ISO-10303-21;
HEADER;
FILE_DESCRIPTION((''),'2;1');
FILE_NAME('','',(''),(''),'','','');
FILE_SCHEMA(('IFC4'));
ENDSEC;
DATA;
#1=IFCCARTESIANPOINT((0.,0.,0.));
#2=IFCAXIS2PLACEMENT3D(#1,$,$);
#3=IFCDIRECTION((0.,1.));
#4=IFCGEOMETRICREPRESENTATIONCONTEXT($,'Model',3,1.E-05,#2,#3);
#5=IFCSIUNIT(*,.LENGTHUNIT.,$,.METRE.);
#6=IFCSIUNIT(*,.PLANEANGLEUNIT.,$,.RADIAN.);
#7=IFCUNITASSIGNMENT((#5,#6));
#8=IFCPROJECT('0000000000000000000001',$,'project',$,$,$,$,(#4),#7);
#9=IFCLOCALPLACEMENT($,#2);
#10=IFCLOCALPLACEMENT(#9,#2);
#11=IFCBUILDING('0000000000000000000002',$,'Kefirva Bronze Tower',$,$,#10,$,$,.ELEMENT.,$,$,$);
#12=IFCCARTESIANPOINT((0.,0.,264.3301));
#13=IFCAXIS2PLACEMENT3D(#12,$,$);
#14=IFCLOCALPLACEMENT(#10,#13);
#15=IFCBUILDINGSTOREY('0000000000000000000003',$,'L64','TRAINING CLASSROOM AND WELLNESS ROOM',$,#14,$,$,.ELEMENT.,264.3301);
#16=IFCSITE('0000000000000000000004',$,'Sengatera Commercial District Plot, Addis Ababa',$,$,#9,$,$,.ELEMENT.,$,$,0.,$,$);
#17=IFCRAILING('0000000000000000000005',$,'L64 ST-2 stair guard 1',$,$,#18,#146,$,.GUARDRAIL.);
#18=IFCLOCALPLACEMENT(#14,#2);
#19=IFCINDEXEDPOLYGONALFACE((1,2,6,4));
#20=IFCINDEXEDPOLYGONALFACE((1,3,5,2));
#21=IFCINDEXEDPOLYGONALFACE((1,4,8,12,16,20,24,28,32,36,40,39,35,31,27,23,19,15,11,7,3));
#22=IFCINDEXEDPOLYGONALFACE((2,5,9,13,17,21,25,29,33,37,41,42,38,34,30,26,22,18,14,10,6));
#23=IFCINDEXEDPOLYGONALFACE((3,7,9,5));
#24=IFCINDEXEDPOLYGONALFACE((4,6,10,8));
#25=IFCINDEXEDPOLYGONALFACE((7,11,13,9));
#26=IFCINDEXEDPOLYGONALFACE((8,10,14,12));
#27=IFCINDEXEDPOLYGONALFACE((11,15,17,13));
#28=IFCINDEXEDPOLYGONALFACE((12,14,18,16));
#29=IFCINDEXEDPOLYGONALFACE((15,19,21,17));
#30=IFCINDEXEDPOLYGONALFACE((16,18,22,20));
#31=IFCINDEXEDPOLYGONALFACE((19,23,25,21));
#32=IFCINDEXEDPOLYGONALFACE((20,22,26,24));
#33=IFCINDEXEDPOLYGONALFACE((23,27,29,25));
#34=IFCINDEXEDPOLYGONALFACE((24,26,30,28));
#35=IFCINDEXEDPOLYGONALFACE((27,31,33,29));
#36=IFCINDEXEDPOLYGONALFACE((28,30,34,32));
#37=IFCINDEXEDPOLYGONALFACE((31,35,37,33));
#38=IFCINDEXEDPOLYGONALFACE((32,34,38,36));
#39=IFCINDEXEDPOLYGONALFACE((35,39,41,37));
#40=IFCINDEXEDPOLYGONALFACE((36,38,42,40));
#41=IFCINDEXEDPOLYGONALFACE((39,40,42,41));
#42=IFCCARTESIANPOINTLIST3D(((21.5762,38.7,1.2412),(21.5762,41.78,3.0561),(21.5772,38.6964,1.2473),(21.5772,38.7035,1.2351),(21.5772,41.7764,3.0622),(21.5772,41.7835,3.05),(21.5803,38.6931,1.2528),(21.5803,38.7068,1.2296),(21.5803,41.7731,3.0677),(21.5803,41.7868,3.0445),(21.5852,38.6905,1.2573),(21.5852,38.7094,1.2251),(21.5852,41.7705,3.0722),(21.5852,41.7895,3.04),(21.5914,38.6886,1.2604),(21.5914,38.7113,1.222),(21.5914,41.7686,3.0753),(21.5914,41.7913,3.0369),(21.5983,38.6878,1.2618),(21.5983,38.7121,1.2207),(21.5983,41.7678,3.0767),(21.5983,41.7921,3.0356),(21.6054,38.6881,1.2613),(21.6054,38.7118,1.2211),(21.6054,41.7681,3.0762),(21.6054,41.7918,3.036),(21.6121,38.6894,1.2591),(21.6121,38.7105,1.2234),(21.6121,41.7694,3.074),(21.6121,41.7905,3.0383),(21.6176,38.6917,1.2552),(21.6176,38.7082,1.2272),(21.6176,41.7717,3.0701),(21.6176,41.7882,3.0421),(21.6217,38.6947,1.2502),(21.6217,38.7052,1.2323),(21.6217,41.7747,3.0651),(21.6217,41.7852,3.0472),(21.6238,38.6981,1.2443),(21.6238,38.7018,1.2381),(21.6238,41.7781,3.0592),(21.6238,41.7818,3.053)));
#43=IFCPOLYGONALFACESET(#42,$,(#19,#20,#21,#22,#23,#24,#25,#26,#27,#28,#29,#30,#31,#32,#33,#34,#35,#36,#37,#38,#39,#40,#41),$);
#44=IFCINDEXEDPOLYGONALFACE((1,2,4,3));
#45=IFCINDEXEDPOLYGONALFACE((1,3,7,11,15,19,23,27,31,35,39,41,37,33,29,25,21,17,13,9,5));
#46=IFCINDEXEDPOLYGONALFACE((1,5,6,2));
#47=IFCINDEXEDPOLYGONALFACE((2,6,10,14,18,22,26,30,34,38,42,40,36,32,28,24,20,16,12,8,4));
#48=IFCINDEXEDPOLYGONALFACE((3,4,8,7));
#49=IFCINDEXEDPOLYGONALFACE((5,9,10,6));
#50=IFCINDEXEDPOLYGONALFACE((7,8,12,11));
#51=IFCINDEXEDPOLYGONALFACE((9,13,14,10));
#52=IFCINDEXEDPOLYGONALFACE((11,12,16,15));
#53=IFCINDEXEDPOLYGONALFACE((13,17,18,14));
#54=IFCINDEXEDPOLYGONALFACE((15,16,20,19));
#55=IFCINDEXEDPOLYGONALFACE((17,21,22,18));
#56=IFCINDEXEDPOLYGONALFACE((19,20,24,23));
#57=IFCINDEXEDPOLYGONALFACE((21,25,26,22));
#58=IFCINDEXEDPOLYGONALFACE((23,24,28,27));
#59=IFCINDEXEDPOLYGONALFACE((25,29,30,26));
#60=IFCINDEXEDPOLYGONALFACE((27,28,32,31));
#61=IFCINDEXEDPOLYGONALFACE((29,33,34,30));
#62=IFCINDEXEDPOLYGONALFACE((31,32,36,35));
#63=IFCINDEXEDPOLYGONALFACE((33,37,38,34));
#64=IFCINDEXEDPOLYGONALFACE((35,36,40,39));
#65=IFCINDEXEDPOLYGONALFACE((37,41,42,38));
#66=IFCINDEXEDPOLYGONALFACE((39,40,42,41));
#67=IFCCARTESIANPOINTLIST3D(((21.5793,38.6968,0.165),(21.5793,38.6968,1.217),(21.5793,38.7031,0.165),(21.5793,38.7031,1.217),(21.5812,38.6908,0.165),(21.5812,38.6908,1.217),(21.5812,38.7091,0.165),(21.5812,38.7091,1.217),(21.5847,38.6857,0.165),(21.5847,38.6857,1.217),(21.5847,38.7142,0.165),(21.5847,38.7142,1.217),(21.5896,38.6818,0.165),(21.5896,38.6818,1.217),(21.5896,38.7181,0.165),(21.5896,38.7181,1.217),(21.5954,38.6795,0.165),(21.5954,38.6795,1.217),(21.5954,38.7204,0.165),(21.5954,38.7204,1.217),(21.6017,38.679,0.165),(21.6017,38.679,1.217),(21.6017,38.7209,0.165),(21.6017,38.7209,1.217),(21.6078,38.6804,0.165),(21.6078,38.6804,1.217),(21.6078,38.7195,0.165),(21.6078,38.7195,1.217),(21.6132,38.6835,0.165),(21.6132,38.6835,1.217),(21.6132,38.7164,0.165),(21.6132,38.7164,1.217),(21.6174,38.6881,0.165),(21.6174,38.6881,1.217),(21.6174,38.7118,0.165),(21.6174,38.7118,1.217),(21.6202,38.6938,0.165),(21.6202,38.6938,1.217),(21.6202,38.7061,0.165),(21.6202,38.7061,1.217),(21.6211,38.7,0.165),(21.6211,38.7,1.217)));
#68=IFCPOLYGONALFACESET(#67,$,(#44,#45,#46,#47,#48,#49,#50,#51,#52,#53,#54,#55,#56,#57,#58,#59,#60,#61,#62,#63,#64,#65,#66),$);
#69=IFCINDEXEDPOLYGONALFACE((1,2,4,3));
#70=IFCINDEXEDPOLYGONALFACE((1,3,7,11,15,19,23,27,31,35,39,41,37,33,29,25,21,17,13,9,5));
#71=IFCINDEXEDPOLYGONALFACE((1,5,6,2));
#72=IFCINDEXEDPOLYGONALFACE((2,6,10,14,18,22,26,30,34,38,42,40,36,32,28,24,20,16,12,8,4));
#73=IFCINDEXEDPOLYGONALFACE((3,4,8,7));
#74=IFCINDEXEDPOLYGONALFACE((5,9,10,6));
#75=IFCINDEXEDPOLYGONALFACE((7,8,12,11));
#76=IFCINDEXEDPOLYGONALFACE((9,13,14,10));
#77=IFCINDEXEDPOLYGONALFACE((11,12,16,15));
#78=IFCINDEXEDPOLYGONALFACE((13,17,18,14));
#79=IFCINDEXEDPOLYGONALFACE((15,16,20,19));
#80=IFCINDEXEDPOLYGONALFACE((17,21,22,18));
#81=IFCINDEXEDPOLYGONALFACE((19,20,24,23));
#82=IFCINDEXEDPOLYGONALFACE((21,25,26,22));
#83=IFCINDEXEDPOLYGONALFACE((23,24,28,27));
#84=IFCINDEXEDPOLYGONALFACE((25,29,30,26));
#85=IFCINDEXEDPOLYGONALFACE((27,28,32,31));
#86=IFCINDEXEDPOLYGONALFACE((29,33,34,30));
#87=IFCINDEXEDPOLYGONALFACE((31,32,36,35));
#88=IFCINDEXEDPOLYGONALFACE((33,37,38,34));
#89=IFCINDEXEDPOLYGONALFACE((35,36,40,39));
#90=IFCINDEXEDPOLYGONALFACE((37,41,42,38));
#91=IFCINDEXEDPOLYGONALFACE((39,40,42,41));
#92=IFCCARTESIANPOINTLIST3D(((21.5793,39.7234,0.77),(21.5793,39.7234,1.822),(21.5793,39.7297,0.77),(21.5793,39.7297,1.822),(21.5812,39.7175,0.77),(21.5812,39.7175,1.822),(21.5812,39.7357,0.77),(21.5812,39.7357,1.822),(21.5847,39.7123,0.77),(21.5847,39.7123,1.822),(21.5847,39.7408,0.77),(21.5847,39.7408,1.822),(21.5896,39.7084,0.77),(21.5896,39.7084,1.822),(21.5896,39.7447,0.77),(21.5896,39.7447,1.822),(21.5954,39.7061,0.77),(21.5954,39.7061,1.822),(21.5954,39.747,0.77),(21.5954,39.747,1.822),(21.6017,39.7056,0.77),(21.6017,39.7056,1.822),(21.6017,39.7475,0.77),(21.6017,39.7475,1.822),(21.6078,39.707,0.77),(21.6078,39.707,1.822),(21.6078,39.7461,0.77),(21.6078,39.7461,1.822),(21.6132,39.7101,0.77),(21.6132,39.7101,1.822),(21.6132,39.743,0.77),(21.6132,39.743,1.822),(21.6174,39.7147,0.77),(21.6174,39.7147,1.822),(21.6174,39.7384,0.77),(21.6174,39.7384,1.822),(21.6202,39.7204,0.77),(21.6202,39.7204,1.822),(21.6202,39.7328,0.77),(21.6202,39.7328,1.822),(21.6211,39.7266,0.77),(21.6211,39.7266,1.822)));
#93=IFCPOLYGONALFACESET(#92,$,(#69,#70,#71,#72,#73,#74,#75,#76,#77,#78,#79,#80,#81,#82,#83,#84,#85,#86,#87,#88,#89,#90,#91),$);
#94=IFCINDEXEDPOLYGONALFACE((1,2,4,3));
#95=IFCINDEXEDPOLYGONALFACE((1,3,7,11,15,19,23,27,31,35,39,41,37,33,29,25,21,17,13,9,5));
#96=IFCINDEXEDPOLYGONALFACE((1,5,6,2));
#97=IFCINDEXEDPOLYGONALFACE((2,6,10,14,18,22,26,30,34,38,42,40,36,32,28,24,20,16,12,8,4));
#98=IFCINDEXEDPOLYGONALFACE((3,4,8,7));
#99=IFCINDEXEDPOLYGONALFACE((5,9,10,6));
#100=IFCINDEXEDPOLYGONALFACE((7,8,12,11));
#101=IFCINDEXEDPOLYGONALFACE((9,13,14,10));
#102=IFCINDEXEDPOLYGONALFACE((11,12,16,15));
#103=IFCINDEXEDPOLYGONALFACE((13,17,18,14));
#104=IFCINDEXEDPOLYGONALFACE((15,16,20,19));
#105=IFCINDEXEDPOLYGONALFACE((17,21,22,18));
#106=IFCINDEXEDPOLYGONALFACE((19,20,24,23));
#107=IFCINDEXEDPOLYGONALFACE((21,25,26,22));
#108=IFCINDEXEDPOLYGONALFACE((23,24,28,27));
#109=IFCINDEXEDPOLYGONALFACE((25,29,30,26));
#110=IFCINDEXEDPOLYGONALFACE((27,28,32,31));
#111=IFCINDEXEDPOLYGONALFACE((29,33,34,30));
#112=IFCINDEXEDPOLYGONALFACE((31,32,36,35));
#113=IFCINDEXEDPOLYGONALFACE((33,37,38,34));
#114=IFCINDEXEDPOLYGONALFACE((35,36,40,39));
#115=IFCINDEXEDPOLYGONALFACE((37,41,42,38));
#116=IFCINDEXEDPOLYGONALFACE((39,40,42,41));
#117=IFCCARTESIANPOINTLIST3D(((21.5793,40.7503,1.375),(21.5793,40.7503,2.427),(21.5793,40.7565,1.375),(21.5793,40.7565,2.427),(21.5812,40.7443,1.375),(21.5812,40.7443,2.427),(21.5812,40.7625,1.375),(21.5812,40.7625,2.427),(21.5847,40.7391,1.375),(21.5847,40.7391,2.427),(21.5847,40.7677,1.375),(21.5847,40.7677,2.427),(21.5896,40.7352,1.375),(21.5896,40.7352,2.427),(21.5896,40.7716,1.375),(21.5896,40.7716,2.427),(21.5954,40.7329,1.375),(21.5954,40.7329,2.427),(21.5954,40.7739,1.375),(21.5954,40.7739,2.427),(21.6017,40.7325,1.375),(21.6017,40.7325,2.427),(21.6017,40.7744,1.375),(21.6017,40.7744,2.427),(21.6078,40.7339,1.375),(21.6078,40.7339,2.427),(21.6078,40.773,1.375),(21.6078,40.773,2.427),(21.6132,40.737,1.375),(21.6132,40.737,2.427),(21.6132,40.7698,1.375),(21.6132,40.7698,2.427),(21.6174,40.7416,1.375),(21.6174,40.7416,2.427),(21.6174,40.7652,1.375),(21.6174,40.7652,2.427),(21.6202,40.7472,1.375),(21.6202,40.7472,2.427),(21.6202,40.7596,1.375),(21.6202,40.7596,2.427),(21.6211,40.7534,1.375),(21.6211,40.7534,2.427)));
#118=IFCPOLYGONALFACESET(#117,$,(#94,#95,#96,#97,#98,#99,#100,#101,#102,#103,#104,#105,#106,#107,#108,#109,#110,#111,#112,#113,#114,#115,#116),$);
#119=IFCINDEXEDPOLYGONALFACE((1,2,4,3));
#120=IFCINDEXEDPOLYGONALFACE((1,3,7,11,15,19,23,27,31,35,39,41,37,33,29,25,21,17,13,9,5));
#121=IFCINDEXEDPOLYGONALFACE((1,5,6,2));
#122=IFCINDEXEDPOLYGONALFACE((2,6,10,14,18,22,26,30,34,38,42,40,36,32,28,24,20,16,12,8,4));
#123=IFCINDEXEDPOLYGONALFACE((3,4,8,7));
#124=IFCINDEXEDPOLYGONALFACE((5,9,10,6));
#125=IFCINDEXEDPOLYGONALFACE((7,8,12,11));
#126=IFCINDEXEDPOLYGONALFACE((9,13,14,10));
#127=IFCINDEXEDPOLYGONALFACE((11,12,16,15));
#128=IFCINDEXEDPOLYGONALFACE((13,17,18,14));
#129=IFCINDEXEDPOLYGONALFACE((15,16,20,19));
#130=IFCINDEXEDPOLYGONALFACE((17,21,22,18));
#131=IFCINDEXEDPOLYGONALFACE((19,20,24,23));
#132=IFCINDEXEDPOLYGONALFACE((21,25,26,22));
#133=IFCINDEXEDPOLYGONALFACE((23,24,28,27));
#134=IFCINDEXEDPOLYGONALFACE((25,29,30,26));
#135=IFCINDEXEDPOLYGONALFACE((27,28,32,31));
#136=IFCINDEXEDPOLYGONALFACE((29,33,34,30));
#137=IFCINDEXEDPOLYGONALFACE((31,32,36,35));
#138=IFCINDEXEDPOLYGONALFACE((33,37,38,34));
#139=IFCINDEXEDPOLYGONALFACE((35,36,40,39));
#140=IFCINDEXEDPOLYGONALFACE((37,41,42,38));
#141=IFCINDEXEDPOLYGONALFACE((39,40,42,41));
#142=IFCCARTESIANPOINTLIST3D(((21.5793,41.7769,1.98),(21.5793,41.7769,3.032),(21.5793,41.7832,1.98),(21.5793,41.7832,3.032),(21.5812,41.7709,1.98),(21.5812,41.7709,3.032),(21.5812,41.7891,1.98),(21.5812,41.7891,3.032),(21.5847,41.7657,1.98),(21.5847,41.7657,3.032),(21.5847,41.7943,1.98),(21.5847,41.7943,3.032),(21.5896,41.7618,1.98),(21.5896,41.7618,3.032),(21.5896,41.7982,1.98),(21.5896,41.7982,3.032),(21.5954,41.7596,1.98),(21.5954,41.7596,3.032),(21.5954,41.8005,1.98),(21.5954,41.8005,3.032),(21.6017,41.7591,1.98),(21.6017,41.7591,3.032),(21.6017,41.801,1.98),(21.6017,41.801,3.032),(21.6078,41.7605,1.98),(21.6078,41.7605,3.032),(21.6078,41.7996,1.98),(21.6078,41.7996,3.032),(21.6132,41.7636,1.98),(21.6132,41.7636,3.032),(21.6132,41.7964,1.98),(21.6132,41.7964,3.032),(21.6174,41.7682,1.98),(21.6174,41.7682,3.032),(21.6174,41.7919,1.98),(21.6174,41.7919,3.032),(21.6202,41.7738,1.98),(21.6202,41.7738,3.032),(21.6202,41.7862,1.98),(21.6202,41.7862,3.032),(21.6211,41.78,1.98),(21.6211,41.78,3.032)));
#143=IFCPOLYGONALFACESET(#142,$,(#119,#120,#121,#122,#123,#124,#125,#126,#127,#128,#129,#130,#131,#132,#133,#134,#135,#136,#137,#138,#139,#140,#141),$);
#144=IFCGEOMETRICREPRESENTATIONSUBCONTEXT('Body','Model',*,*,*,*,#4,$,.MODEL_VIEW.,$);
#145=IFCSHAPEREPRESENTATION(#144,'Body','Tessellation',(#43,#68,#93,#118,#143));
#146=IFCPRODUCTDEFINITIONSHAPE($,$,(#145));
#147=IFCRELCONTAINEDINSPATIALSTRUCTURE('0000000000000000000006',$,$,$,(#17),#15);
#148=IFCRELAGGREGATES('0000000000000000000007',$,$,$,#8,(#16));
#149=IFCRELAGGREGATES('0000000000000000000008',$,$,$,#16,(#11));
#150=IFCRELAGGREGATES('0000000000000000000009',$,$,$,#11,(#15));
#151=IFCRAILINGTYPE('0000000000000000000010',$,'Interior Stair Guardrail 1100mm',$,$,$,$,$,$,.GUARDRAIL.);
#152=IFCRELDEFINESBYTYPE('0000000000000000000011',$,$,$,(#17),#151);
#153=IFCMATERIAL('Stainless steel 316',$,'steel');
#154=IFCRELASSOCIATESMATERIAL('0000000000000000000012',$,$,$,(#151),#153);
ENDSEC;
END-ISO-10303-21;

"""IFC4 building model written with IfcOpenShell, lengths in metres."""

from ifc_helpers import new_model, si_unit, direction, frame, origin, origin_2d, place, context, subcontext, project, spatial, circle, extrude, material, type_object, element, save


model = new_model("IFC4")

# Units and contexts
model_context = context("Model", 3, precision=1e-05, world=origin(), true_north=direction((0.0, 1.0)))
body_context = subcontext(model_context, "Body", "Model", "MODEL_VIEW")
ifc_project = project(units=[si_unit("LENGTHUNIT", "METRE"), si_unit("PLANEANGLEUNIT", "RADIAN")], contexts=[model_context])

# Site, building, storey
site_placement = place(None, origin())
site = spatial("IfcSite", under=ifc_project, at=site_placement, Name="Sengatera Commercial District Plot, Addis Ababa", CompositionType="ELEMENT", RefElevation=0.0)
building_placement = place(site_placement, origin())
building = spatial("IfcBuilding", under=site, at=building_placement, Name="Kefirva Bronze Tower", CompositionType="ELEMENT")
storey_placement = place(building_placement, frame((0.0, 0.0, 264.3301)))
storey = spatial("IfcBuildingStorey", under=building, at=storey_placement, Name="L64", Description="TRAINING CLASSROOM AND WELLNESS ROOM", CompositionType="ELEMENT", Elevation=264.3301)

# Railing
ifc_material_1 = material(Name="Stainless steel 316", Category="steel")
railing_type_1 = type_object("IfcRailingType", Name="Interior Stair Guardrail 1100mm", PredefinedType="GUARDRAIL", material=ifc_material_1)
railing_1_placement = place(storey_placement, frame((21.6001, 38.7, 0.165)))
element("IfcRailing", 1, at=railing_1_placement, inside=storey, type_object=railing_type_1, Name="L64 ST-2 stair guard 1", PredefinedType="GUARDRAIL", context=body_context, shape_type="SweptSolid", body=[
    extrude(circle(Radius=0.0239, at=origin_2d()), frame((0.0, 0.0, 1.0762), z_axis=(0.0, 0.861551, 0.507671), x_axis=(-1.0, 0.0, 0.0)), (0.0, 0.0, 1.0), 3.575),
    extrude(circle(Radius=0.021, at=origin_2d()), origin(), (0.0, 0.0, 1.0), 1.052),
    extrude(circle(Radius=0.021, at=origin_2d()), frame((0.0, 1.0266, 0.605)), (0.0, 0.0, 1.0), 1.052),
    extrude(circle(Radius=0.021, at=origin_2d()), frame((0.0, 2.0535, 1.21)), (0.0, 0.0, 1.0), 1.052),
    extrude(circle(Radius=0.021, at=origin_2d()), frame((0.0, 3.0801, 1.8149)), (0.0, 0.0, 1.0), 1.052),
])

save(model, "model.ifc")
